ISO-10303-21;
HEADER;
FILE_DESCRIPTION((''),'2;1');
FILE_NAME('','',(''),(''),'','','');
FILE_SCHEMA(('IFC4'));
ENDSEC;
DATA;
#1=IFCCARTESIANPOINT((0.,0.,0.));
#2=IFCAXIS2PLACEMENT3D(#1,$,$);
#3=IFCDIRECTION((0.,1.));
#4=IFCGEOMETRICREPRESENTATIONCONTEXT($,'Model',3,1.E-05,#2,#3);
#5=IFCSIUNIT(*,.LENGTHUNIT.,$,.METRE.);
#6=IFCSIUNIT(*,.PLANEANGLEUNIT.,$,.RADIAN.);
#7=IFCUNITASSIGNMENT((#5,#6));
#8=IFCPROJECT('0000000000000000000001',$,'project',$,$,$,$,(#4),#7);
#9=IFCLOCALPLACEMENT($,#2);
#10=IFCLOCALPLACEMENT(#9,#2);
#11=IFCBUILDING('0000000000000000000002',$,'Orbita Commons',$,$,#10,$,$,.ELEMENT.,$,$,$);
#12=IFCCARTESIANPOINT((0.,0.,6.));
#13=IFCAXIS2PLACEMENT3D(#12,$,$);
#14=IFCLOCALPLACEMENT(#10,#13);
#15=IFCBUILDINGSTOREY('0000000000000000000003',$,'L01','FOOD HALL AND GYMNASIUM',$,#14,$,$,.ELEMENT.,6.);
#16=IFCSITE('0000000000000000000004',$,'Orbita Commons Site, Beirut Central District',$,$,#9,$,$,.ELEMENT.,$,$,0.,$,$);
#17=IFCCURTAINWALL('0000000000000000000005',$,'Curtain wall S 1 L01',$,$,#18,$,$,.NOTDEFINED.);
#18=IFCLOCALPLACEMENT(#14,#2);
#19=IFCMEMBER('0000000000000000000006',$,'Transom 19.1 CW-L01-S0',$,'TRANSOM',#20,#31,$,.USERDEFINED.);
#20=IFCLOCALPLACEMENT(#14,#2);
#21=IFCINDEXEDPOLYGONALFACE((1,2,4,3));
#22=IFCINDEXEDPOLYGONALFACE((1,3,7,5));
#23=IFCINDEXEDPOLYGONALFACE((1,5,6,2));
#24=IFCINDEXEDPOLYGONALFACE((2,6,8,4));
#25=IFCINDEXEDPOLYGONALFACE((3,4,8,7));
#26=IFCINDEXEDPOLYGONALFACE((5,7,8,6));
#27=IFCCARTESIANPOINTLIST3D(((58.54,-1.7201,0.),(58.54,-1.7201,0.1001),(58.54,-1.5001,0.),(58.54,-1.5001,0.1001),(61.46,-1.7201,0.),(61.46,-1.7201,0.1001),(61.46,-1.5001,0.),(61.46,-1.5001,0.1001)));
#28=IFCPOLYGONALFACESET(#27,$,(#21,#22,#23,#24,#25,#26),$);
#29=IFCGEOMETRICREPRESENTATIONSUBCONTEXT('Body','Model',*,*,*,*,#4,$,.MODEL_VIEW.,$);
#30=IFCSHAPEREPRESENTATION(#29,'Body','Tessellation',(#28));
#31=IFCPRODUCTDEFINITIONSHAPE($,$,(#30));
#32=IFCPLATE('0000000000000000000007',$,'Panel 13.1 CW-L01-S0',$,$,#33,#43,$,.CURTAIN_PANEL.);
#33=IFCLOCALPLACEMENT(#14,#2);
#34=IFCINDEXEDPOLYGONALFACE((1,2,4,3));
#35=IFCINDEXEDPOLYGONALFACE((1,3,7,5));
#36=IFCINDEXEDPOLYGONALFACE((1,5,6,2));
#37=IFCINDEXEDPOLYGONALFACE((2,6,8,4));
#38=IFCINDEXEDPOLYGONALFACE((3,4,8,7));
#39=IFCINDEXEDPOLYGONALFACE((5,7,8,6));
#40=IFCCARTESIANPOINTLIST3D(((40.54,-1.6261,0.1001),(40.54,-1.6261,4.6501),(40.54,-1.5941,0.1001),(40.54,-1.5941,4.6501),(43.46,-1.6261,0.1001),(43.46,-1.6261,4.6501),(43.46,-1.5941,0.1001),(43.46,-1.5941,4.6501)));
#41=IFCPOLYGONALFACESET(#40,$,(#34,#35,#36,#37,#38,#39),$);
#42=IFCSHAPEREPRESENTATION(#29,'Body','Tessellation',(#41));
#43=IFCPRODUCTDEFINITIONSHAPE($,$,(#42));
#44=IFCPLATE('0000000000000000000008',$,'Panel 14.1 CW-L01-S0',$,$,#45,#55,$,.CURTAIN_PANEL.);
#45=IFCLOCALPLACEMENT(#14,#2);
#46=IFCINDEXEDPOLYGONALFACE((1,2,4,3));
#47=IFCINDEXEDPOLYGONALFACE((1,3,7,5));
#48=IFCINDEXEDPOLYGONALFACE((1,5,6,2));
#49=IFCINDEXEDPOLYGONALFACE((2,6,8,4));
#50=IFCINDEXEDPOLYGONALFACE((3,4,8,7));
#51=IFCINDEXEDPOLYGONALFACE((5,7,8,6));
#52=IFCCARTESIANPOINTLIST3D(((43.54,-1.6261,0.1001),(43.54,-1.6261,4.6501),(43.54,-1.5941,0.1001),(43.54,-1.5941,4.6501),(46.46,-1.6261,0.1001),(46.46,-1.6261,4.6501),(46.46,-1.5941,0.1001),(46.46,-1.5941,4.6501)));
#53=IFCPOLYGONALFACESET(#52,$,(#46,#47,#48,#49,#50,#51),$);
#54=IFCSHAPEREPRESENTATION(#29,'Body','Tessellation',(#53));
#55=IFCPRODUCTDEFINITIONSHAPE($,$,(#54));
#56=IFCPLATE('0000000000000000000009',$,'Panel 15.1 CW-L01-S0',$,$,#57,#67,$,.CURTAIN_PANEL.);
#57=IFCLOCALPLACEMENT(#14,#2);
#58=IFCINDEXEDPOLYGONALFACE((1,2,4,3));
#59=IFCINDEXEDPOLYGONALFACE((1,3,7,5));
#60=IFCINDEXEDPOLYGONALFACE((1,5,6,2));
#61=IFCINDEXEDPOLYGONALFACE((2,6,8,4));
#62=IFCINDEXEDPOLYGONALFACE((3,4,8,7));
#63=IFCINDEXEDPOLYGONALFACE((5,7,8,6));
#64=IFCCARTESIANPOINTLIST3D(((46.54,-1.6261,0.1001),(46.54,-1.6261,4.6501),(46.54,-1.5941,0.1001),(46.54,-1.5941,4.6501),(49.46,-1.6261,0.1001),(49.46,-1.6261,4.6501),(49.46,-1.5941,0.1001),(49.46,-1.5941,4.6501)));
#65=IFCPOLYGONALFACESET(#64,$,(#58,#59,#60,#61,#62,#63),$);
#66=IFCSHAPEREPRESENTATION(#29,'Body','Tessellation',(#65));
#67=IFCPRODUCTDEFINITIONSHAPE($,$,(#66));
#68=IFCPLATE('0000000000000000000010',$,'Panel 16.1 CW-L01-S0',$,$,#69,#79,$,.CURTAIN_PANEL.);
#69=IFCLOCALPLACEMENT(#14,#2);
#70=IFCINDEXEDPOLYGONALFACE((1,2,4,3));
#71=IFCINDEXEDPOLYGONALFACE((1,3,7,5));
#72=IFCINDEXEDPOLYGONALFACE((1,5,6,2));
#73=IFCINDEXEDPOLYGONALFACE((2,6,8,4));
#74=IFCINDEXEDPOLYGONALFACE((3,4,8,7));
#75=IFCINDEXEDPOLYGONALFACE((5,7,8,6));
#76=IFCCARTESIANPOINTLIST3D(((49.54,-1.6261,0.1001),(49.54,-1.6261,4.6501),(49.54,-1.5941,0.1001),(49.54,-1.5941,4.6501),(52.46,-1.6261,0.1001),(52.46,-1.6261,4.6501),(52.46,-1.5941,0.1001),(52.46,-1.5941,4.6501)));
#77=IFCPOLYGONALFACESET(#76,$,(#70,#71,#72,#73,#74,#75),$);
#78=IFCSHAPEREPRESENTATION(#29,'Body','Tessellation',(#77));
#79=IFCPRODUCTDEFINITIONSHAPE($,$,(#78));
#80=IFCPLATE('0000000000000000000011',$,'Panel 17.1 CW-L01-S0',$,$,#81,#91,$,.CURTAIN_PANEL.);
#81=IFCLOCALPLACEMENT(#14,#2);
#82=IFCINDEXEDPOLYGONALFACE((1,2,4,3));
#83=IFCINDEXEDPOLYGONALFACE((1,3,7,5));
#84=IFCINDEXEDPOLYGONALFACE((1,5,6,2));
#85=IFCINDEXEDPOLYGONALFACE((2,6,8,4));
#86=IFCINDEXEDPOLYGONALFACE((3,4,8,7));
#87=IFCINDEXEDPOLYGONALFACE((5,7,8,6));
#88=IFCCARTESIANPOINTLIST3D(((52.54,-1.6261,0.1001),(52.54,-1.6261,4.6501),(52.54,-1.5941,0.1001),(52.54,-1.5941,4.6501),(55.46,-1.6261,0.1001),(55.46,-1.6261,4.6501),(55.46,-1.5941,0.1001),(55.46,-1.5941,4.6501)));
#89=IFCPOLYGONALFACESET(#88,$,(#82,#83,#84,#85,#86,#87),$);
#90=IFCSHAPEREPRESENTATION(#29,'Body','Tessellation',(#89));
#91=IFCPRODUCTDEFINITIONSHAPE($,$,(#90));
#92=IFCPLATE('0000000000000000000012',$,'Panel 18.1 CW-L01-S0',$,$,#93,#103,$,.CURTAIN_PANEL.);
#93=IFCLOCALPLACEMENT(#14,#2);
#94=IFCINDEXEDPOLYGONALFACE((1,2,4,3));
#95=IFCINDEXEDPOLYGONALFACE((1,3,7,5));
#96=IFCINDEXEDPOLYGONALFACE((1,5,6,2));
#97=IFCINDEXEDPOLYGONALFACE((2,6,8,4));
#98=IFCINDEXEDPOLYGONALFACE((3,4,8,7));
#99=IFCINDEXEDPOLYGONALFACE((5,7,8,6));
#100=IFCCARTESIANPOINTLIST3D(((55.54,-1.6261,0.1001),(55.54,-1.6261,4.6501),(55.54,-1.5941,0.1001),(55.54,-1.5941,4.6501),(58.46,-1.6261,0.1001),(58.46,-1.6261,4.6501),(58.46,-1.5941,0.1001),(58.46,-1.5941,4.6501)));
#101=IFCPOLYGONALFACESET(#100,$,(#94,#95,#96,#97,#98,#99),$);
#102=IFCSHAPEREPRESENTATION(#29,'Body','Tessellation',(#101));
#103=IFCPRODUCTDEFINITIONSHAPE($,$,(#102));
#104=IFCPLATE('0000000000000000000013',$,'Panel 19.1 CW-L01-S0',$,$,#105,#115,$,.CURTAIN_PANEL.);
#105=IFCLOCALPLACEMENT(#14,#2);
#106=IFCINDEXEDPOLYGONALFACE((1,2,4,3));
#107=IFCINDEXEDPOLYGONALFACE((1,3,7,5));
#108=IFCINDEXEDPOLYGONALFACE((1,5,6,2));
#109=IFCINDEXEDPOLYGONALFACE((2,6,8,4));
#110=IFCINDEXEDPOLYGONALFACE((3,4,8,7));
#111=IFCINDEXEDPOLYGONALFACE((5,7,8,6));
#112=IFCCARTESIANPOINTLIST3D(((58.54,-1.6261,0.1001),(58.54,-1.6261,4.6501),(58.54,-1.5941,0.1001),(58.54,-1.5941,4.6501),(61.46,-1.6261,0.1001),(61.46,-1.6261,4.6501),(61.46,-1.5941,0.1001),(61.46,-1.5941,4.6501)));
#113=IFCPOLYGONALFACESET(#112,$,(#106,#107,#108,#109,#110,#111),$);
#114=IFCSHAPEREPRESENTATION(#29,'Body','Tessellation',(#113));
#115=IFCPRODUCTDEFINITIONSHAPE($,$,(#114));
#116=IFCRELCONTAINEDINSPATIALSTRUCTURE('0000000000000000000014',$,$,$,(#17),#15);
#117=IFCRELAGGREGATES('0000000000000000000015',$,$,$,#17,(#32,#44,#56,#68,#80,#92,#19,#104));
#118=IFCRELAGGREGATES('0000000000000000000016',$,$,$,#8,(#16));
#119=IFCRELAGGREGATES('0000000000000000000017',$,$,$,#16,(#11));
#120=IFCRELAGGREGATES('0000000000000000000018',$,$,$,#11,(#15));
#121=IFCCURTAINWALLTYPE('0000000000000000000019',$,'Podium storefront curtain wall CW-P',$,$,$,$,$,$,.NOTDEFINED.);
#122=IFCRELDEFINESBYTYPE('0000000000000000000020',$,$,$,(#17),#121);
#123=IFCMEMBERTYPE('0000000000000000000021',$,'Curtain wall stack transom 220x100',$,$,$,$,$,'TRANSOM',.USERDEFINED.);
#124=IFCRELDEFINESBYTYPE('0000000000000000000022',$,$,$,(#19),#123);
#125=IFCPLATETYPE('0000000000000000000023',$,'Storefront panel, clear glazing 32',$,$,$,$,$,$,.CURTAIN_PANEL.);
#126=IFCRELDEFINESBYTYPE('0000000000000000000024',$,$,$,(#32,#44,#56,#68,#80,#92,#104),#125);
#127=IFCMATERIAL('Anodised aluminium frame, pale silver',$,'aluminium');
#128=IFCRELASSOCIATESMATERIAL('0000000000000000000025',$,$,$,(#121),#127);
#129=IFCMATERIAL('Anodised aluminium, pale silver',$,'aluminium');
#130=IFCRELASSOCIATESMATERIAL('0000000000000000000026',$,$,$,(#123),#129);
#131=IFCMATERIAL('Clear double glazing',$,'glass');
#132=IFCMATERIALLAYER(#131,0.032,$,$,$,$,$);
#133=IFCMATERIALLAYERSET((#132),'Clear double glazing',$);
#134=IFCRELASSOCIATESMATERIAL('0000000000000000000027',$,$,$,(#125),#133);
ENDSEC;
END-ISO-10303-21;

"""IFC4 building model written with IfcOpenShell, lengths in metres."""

from ifc_helpers import new_model, si_unit, direction, frame, origin, origin_2d, place, context, subcontext, project, spatial, rectangle, extrude, material, layer, layer_set, material_profile, profile_set, type_object, element, aggregate, save


model = new_model("IFC4")

# Units and contexts
model_context = context("Model", 3, precision=1e-05, world=origin(), true_north=direction((0.0, 1.0)))
body_context = subcontext(model_context, "Body", "Model", "MODEL_VIEW")
ifc_project = project(units=[si_unit("LENGTHUNIT", "METRE"), si_unit("PLANEANGLEUNIT", "RADIAN")], contexts=[model_context])

# Site, building, storey
site_placement = place(None, origin())
site = spatial("IfcSite", under=ifc_project, at=site_placement, Name="Orbita Commons Site, Beirut Central District", CompositionType="ELEMENT", RefElevation=0.0)
building_placement = place(site_placement, origin())
building = spatial("IfcBuilding", under=site, at=building_placement, Name="Orbita Commons", CompositionType="ELEMENT")
storey_placement = place(building_placement, frame((0.0, 0.0, 6.0)))
storey = spatial("IfcBuildingStorey", under=building, at=storey_placement, Name="L01", Description="FOOD HALL AND GYMNASIUM", CompositionType="ELEMENT", Elevation=6.0)

# Curtain wall, member, plates
ifc_material_1 = material(Name="Anodised aluminium frame, pale silver", Category="aluminium")
curtain_wall_type = type_object("IfcCurtainWallType", Name="Podium storefront curtain wall CW-P", PredefinedType="NOTDEFINED", material=ifc_material_1)
curtain_wall_placement = place(storey_placement, origin())
curtain_wall = element("IfcCurtainWall", 1, at=curtain_wall_placement, inside=storey, type_object=curtain_wall_type, Name="Curtain wall S 1 L01", PredefinedType="NOTDEFINED")
ifc_material_2 = material(Name="Anodised aluminium, pale silver", Category="aluminium")
ifc_material_profile_1 = material_profile(ifc_material_2, rectangle(XDim=0.22, YDim=0.1001, at=origin_2d()), Name="AL 220x100")
ifc_profile_set_1 = profile_set([ifc_material_profile_1], Name="Anodised aluminium, pale silver")
member_type_1 = type_object("IfcMemberType", Name="Curtain wall stack transom 220x100", ElementType="TRANSOM", PredefinedType="USERDEFINED", material=ifc_profile_set_1)
member_1_placement = place(storey_placement, frame((58.54, -1.6101, 0.05), z_axis=(1.0, 0.0, 0.0), x_axis=(0.0, 1.0, 0.0)))
member_1 = element("IfcMember", 2, at=member_1_placement, type_object=member_type_1, Name="Transom 19.1 CW-L01-S0", ObjectType="TRANSOM", PredefinedType="USERDEFINED", context=body_context, shape_type="SweptSolid", body=[
    extrude(rectangle(XDim=0.22, YDim=0.1001, at=origin_2d()), origin(), (0.0, 0.0, 1.0), 2.9199),
])
ifc_material_3 = material(Name="Clear double glazing", Category="glass")
ifc_layer = layer(ifc_material_3, 0.032)
ifc_layer_set = layer_set([ifc_layer], Name="Clear double glazing")
plate_type = type_object("IfcPlateType", Name="Storefront panel, clear glazing 32", PredefinedType="CURTAIN_PANEL", material=ifc_layer_set)
plate_1_placement = place(storey_placement, frame((42.0, -1.6101, 0.1001), z_axis=(0.0, 0.0, 1.0), x_axis=(1.0, 0.0, 0.0)))
plate_1 = element("IfcPlate", 3, at=plate_1_placement, type_object=plate_type, Name="Panel 13.1 CW-L01-S0", PredefinedType="CURTAIN_PANEL", context=body_context, shape_type="SweptSolid", body=[
    extrude(rectangle(XDim=2.9199, YDim=0.032, at=origin_2d()), origin(), (0.0, 0.0, 1.0), 4.55),
])
plate_2_placement = place(storey_placement, frame((45.0, -1.6101, 0.1001), z_axis=(0.0, 0.0, 1.0), x_axis=(1.0, 0.0, 0.0)))
plate_2 = element("IfcPlate", 4, at=plate_2_placement, type_object=plate_type, Name="Panel 14.1 CW-L01-S0", PredefinedType="CURTAIN_PANEL", context=body_context, shape_type="SweptSolid", body=[
    extrude(rectangle(XDim=2.9199, YDim=0.032, at=origin_2d()), origin(), (0.0, 0.0, 1.0), 4.55),
])
plate_3_placement = place(storey_placement, frame((48.0, -1.6101, 0.1001), z_axis=(0.0, 0.0, 1.0), x_axis=(1.0, 0.0, 0.0)))
plate_3 = element("IfcPlate", 5, at=plate_3_placement, type_object=plate_type, Name="Panel 15.1 CW-L01-S0", PredefinedType="CURTAIN_PANEL", context=body_context, shape_type="SweptSolid", body=[
    extrude(rectangle(XDim=2.9199, YDim=0.032, at=origin_2d()), origin(), (0.0, 0.0, 1.0), 4.55),
])
plate_4_placement = place(storey_placement, frame((51.0, -1.6101, 0.1001), z_axis=(0.0, 0.0, 1.0), x_axis=(1.0, 0.0, 0.0)))
plate_4 = element("IfcPlate", 6, at=plate_4_placement, type_object=plate_type, Name="Panel 16.1 CW-L01-S0", PredefinedType="CURTAIN_PANEL", context=body_context, shape_type="SweptSolid", body=[
    extrude(rectangle(XDim=2.9199, YDim=0.032, at=origin_2d()), origin(), (0.0, 0.0, 1.0), 4.55),
])
plate_5_placement = place(storey_placement, frame((54.0, -1.6101, 0.1001), z_axis=(0.0, 0.0, 1.0), x_axis=(1.0, 0.0, 0.0)))
plate_5 = element("IfcPlate", 7, at=plate_5_placement, type_object=plate_type, Name="Panel 17.1 CW-L01-S0", PredefinedType="CURTAIN_PANEL", context=body_context, shape_type="SweptSolid", body=[
    extrude(rectangle(XDim=2.9199, YDim=0.032, at=origin_2d()), origin(), (0.0, 0.0, 1.0), 4.55),
])
plate_6_placement = place(storey_placement, frame((57.0, -1.6101, 0.1001), z_axis=(0.0, 0.0, 1.0), x_axis=(1.0, 0.0, 0.0)))
plate_6 = element("IfcPlate", 8, at=plate_6_placement, type_object=plate_type, Name="Panel 18.1 CW-L01-S0", PredefinedType="CURTAIN_PANEL", context=body_context, shape_type="SweptSolid", body=[
    extrude(rectangle(XDim=2.9199, YDim=0.032, at=origin_2d()), origin(), (0.0, 0.0, 1.0), 4.55),
])
plate_7_placement = place(storey_placement, frame((60.0, -1.6101, 0.1001), z_axis=(0.0, 0.0, 1.0), x_axis=(1.0, 0.0, 0.0)))
plate_7 = element("IfcPlate", 9, at=plate_7_placement, type_object=plate_type, Name="Panel 19.1 CW-L01-S0", PredefinedType="CURTAIN_PANEL", context=body_context, shape_type="SweptSolid", body=[
    extrude(rectangle(XDim=2.9199, YDim=0.032, at=origin_2d()), origin(), (0.0, 0.0, 1.0), 4.55),
])
aggregate(curtain_wall, [plate_1, plate_2, plate_3, plate_4, plate_5, plate_6, member_1, plate_7])

save(model, "model.ifc")
